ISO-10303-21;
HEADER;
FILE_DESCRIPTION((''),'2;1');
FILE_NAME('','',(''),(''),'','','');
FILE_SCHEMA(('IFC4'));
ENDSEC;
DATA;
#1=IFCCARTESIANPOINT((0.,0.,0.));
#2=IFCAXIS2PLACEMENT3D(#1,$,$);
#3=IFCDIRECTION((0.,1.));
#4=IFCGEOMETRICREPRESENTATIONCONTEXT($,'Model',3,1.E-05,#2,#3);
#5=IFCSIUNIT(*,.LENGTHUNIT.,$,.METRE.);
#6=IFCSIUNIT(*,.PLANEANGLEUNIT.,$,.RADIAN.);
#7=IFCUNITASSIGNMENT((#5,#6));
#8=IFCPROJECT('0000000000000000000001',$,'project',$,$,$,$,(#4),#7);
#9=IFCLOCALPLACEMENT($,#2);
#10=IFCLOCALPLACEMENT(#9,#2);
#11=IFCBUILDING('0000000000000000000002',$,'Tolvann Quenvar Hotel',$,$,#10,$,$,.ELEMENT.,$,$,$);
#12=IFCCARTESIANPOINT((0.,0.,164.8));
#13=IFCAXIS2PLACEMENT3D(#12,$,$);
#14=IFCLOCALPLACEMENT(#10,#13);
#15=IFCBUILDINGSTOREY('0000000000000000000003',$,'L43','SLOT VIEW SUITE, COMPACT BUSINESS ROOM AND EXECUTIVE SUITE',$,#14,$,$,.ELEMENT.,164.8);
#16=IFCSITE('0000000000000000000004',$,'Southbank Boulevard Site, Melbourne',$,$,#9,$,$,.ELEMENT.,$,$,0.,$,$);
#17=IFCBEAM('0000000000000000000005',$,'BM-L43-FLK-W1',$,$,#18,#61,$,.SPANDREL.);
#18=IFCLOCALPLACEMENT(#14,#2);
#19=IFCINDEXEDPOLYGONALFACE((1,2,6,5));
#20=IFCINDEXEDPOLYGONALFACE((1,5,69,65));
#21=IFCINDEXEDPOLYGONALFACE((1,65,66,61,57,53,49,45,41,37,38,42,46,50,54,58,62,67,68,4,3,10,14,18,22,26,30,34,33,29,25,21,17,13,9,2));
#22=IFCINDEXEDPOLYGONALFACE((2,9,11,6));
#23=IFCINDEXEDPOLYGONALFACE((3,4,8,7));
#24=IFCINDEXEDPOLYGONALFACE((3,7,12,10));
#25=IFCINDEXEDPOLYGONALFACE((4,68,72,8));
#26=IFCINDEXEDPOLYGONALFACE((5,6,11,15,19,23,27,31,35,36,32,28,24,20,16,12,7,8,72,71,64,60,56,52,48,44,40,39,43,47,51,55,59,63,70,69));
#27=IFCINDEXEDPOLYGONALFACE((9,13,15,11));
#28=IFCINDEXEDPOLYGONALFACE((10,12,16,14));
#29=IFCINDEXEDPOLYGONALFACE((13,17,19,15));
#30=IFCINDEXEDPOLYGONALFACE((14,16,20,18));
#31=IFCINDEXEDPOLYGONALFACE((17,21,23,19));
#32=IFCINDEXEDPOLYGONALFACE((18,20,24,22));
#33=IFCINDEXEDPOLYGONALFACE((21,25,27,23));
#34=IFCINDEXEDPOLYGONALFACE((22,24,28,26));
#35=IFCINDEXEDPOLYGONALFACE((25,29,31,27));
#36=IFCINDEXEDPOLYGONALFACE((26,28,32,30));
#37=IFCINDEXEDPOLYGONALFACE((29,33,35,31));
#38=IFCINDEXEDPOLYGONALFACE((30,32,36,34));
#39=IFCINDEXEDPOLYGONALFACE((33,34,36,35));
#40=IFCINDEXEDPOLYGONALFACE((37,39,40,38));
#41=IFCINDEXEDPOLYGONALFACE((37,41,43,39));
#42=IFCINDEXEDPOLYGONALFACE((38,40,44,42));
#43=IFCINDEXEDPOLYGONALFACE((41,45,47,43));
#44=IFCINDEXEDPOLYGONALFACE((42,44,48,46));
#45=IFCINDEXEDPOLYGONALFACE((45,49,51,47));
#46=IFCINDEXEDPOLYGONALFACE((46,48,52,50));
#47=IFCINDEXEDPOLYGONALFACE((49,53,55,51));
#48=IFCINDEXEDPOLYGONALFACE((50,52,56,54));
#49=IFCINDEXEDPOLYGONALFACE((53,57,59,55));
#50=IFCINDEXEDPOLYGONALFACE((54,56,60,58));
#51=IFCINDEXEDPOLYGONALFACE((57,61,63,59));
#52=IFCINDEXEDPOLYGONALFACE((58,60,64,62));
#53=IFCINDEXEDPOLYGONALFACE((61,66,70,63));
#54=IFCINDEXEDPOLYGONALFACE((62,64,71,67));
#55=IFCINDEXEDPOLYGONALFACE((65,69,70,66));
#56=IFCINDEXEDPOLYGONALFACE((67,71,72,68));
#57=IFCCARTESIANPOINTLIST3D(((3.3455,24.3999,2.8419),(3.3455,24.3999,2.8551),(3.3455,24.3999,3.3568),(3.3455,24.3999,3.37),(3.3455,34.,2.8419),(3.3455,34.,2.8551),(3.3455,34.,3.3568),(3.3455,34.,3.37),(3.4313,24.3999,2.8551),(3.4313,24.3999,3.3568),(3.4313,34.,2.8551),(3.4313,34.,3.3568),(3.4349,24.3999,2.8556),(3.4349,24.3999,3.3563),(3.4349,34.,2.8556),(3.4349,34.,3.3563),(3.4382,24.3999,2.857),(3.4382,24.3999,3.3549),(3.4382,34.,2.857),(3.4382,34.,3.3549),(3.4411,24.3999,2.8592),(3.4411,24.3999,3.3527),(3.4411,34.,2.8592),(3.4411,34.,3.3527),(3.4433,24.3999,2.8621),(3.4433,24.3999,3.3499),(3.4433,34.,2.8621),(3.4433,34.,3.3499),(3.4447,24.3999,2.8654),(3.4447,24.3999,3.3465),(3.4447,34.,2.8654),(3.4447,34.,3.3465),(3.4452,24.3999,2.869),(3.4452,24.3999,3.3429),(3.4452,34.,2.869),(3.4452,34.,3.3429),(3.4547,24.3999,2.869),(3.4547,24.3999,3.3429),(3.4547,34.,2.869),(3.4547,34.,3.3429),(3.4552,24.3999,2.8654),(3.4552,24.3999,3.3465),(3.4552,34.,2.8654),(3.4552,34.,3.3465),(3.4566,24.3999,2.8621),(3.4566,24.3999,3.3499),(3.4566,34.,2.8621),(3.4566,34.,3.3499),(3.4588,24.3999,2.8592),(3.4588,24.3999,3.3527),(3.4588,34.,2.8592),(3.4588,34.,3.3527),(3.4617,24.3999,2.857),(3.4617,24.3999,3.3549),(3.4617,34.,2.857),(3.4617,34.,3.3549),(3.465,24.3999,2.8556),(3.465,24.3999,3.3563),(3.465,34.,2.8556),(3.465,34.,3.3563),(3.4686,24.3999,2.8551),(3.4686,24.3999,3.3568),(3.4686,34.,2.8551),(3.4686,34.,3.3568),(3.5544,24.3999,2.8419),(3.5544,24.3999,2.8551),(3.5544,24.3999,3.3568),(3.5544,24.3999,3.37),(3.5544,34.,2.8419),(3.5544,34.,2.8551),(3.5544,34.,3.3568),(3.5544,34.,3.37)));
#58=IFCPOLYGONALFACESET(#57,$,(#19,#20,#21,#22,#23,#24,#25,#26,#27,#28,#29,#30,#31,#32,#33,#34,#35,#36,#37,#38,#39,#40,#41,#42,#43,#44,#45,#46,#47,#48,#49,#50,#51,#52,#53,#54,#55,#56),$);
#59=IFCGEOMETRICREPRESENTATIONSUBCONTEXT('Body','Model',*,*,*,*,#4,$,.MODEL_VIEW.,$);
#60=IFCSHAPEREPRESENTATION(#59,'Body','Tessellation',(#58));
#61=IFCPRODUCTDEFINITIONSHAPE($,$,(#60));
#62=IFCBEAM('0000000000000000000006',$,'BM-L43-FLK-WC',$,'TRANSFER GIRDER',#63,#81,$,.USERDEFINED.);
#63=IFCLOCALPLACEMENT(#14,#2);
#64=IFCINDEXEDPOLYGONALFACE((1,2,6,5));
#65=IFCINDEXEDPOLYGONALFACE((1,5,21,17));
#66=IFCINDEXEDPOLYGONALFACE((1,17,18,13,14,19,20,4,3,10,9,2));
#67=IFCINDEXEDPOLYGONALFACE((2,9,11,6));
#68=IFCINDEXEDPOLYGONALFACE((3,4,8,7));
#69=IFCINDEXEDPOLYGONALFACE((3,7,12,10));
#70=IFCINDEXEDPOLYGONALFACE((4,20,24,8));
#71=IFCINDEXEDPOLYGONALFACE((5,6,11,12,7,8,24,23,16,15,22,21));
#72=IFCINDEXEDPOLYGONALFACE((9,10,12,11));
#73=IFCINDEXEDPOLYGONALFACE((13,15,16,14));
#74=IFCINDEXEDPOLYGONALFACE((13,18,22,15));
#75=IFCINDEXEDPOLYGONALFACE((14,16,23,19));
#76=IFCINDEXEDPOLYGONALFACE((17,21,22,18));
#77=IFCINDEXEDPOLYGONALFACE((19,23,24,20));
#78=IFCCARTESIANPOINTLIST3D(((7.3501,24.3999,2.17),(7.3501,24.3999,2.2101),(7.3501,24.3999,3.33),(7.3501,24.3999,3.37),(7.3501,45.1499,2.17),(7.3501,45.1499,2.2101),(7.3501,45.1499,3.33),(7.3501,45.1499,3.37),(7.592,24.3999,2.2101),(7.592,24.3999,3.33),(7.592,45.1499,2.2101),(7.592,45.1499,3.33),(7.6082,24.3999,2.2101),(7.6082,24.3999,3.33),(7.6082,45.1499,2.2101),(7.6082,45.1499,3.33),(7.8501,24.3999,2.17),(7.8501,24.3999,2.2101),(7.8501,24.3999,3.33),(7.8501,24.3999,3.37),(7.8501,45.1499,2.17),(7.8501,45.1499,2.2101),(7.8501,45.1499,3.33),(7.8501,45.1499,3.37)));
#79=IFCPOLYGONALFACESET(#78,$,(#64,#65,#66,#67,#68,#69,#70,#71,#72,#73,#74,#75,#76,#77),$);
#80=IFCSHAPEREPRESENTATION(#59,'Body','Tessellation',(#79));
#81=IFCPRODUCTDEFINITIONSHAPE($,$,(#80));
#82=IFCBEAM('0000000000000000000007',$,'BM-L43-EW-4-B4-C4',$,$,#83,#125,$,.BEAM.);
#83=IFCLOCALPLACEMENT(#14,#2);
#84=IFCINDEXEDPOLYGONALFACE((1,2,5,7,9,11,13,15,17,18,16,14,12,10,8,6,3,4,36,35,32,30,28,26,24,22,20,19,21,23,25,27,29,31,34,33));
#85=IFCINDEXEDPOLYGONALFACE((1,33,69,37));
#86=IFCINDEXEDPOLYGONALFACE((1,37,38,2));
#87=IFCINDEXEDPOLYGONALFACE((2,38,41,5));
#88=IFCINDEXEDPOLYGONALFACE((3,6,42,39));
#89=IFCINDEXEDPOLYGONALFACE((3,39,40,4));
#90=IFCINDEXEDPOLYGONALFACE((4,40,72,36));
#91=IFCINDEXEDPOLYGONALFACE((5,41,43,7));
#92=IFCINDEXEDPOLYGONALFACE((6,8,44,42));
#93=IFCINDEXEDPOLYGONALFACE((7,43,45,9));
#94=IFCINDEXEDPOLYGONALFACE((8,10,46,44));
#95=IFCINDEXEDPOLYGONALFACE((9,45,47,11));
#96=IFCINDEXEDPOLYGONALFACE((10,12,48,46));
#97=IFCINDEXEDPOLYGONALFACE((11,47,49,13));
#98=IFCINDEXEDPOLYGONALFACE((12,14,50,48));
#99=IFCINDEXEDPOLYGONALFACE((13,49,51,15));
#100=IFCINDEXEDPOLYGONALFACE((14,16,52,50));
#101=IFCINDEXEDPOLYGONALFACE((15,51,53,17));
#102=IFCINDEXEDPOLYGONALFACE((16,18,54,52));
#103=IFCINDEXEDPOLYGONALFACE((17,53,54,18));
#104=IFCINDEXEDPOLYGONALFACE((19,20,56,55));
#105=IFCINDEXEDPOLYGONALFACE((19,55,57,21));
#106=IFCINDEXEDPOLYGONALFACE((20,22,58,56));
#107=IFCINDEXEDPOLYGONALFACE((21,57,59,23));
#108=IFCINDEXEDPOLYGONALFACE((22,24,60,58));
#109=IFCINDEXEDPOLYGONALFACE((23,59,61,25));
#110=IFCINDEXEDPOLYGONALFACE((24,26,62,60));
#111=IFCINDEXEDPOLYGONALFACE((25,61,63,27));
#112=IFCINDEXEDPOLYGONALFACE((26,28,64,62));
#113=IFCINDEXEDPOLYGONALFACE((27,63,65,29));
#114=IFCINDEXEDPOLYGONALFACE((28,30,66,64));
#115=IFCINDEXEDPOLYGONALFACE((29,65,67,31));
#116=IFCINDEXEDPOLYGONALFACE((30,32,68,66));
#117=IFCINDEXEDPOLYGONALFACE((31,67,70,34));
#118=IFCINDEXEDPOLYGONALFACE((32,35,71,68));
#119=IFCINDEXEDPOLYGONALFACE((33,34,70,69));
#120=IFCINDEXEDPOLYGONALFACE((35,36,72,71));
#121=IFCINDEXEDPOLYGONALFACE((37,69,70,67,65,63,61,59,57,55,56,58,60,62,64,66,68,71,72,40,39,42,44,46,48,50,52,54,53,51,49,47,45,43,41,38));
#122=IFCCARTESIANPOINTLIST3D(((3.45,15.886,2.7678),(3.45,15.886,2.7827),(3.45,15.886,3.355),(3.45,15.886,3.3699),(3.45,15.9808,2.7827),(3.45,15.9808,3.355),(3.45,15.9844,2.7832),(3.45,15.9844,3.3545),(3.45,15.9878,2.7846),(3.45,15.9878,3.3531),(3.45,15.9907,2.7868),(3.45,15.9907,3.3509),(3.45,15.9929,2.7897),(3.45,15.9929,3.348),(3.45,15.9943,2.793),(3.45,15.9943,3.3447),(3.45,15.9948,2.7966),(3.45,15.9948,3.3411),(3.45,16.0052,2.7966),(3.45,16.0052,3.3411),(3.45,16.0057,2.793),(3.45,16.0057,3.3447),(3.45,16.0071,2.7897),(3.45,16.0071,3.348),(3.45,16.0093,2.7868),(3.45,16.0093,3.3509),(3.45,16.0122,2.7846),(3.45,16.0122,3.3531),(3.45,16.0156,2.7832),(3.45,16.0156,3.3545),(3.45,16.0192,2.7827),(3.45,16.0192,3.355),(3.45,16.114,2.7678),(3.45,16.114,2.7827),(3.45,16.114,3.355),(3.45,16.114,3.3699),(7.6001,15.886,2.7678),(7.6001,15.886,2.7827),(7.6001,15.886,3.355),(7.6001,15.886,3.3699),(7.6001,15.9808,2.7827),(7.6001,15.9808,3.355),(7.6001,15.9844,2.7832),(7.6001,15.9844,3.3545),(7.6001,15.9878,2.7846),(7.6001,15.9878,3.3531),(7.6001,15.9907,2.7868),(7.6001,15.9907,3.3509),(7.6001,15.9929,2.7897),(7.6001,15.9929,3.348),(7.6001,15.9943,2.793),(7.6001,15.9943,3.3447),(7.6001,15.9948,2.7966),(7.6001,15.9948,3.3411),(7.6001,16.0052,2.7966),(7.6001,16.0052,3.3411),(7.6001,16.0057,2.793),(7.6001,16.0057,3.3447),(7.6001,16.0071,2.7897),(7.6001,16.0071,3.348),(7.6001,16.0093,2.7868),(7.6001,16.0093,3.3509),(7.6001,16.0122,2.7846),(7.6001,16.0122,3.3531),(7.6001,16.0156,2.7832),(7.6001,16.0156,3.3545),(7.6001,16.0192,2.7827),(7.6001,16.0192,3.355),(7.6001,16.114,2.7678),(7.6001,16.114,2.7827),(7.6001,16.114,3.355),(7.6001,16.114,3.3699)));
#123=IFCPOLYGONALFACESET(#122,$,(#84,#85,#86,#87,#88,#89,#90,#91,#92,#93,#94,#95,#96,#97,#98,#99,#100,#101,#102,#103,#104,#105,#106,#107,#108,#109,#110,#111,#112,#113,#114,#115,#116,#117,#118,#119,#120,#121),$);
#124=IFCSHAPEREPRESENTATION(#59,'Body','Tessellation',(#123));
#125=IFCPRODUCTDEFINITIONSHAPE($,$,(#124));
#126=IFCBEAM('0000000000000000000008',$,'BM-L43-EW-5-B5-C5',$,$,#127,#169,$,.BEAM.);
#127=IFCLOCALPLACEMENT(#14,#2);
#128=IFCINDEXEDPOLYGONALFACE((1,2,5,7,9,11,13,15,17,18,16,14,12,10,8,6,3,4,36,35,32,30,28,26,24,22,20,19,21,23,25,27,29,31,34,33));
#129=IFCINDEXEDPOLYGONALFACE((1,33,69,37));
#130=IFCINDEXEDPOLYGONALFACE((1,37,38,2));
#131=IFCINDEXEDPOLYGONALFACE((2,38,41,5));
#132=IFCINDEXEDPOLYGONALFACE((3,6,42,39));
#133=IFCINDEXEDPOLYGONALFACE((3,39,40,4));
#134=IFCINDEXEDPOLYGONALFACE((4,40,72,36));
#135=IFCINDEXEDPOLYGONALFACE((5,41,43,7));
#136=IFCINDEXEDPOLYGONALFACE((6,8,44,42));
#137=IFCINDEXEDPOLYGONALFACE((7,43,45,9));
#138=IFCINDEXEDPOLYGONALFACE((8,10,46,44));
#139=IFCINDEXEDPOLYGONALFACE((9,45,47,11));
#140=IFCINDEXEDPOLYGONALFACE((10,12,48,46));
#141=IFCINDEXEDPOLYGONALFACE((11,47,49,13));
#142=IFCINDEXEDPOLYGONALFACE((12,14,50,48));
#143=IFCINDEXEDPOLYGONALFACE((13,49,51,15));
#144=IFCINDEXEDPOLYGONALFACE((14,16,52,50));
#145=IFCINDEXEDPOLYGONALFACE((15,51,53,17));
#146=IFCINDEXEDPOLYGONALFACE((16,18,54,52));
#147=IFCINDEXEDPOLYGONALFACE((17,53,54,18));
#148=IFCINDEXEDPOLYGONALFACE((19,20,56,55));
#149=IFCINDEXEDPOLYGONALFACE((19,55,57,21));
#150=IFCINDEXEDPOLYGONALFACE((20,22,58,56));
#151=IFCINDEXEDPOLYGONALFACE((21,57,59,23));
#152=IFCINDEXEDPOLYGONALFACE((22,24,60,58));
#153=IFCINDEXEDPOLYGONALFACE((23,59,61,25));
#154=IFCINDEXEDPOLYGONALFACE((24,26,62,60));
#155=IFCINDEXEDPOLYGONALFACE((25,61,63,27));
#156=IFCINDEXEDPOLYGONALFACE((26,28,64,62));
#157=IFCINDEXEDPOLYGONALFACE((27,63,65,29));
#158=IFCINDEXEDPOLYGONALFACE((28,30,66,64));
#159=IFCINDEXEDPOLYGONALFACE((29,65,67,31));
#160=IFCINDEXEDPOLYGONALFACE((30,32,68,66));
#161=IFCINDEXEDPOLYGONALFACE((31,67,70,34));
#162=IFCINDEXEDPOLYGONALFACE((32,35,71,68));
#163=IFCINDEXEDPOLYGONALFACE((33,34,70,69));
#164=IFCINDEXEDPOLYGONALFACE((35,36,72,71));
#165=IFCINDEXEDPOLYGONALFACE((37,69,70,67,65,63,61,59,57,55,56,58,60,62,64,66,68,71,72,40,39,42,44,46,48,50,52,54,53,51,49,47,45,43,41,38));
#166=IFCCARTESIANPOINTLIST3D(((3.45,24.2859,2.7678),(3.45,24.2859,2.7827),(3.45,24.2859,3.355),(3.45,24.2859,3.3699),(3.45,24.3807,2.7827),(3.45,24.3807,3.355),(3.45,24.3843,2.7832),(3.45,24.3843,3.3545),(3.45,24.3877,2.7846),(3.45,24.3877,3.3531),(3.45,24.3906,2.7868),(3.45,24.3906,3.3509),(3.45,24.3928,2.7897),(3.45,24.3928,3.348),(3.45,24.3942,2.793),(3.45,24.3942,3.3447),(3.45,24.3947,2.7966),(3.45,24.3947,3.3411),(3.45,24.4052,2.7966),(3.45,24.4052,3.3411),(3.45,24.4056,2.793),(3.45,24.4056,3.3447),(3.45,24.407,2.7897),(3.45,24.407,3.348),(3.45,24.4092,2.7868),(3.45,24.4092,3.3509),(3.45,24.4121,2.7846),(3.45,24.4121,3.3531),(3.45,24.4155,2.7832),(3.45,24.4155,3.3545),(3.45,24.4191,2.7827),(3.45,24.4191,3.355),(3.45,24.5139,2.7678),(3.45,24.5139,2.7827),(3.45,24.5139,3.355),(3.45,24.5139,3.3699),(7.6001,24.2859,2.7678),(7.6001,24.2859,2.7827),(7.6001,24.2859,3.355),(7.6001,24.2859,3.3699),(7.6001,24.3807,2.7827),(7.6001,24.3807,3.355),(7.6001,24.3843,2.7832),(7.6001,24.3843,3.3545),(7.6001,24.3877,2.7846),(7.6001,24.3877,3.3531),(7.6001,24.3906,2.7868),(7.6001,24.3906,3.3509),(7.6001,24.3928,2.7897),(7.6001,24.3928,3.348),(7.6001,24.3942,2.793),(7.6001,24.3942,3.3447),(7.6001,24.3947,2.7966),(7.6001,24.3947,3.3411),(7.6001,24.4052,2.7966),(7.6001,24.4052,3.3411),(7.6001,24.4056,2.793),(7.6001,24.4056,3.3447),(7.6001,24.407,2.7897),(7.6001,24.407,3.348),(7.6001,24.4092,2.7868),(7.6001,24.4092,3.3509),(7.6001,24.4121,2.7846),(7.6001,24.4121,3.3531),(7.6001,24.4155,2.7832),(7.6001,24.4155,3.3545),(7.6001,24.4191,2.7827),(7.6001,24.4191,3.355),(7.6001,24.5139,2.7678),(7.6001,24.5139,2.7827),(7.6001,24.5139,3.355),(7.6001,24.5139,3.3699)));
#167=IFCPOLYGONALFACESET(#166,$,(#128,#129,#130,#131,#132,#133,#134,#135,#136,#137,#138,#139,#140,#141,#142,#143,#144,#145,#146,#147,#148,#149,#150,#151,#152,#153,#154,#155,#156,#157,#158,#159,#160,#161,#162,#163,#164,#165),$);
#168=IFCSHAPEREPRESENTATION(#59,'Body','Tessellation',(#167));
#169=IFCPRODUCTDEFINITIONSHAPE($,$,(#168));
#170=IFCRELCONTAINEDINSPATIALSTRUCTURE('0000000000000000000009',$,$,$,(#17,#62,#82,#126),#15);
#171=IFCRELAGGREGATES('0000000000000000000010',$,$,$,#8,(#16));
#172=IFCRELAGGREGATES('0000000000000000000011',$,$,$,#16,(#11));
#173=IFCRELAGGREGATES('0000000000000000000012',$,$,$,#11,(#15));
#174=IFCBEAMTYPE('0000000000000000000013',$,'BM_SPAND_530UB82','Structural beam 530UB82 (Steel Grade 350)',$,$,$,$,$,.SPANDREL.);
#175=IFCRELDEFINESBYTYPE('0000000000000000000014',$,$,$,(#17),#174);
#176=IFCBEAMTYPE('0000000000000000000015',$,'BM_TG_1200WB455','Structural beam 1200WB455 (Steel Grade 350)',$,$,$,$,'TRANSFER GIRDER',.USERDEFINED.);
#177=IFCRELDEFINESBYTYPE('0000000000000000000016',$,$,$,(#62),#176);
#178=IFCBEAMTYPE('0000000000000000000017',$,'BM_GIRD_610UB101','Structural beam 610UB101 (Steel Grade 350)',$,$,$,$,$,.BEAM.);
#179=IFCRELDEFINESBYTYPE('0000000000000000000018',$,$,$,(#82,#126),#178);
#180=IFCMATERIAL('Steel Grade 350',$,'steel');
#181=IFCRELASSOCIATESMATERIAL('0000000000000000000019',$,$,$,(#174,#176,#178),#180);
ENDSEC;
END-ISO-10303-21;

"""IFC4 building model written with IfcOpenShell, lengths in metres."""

from ifc_helpers import new_model, si_unit, direction, frame, origin, origin_2d, place, context, subcontext, project, spatial, i_section, extrude, source, transform, mapped, material, material_profile, profile_set, type_object, type_shapes, element, save


model = new_model("IFC4")

# Units and contexts
model_context = context("Model", 3, precision=1e-05, world=origin(), true_north=direction((0.0, 1.0)))
body_context = subcontext(model_context, "Body", "Model", "MODEL_VIEW")
ifc_project = project(units=[si_unit("LENGTHUNIT", "METRE"), si_unit("PLANEANGLEUNIT", "RADIAN")], contexts=[model_context])

# Site, building, storey
site_placement = place(None, origin())
site = spatial("IfcSite", under=ifc_project, at=site_placement, Name="Southbank Boulevard Site, Melbourne", CompositionType="ELEMENT", RefElevation=0.0)
building_placement = place(site_placement, origin())
building = spatial("IfcBuilding", under=site, at=building_placement, Name="Tolvann Quenvar Hotel", CompositionType="ELEMENT")
storey_placement = place(building_placement, frame((0.0, 0.0, 164.8)))
storey = spatial("IfcBuildingStorey", under=building, at=storey_placement, Name="L43", Description="SLOT VIEW SUITE, COMPACT BUSINESS ROOM AND EXECUTIVE SUITE", CompositionType="ELEMENT", Elevation=164.8)

# Shared definitions
ifc_material_1 = material(Name="Steel Grade 350", Category="steel")

# Beams
ifc_material_profile_1 = material_profile(ifc_material_1, i_section(OverallWidth=0.209, OverallDepth=0.5281, WebThickness=0.0095, FlangeThickness=0.0132, FilletRadius=0.0139, at=origin_2d()), Name="530UB82")
ifc_profile_set_1 = profile_set([ifc_material_profile_1], Name="Steel Grade 350")
beam_type_1 = type_object("IfcBeamType", Name="BM_SPAND_530UB82", Description="Structural beam 530UB82 (Steel Grade 350)", PredefinedType="SPANDREL", material=ifc_profile_set_1)
shared_shape_1 = source(origin(), body_context, "Body", "SweptSolid", [
    extrude(i_section(OverallWidth=0.209, OverallDepth=0.5281, WebThickness=0.0095, FlangeThickness=0.0132, FilletRadius=0.0139, at=origin_2d()), origin(), (0.0, 0.0, 1.0), 9.6001),
])
beam_1_placement = place(storey_placement, frame((3.45, 24.3999, 3.106), z_axis=(0.0, 1.0, 0.0), x_axis=(-1.0, 0.0, 0.0)))
element("IfcBeam", 1, at=beam_1_placement, inside=storey, type_object=beam_type_1, Name="BM-L43-FLK-W1", PredefinedType="SPANDREL", context=body_context, shape_type="MappedRepresentation", body=[
    mapped(shared_shape_1, transform((0.0, 0.0, 0.0), x_axis=(1.0, 0.0, 0.0), y_axis=(0.0, 1.0, 0.0), z_axis=(0.0, 0.0, 1.0), scale=1.0)),
])
ifc_material_profile_2 = material_profile(ifc_material_1, i_section(OverallWidth=0.5, OverallDepth=1.2, WebThickness=0.0161, FlangeThickness=0.04, at=origin_2d()), Name="1200WB455")
ifc_profile_set_2 = profile_set([ifc_material_profile_2], Name="Steel Grade 350")
beam_type_2 = type_object("IfcBeamType", Name="BM_TG_1200WB455", Description="Structural beam 1200WB455 (Steel Grade 350)", ElementType="TRANSFER GIRDER", PredefinedType="USERDEFINED", material=ifc_profile_set_2)
shared_shape_2 = source(origin(), body_context, "Body", "SweptSolid", [
    extrude(i_section(OverallWidth=0.5, OverallDepth=1.2, WebThickness=0.0161, FlangeThickness=0.04, at=origin_2d()), origin(), (0.0, 0.0, 1.0), 20.75),
])
type_shapes(beam_type_2, [shared_shape_2])
beam_2_placement = place(storey_placement, frame((7.6001, 24.3999, 2.77), z_axis=(0.0, 1.0, 0.0), x_axis=(-1.0, 0.0, 0.0)))
element("IfcBeam", 2, at=beam_2_placement, inside=storey, type_object=beam_type_2, Name="BM-L43-FLK-WC", ObjectType="TRANSFER GIRDER", PredefinedType="USERDEFINED", context=body_context, shape_type="MappedRepresentation", body=[
    mapped(shared_shape_2, transform((0.0, 0.0, 0.0), x_axis=(1.0, 0.0, 0.0), y_axis=(0.0, 1.0, 0.0), z_axis=(0.0, 0.0, 1.0), scale=1.0)),
])
ifc_material_profile_3 = material_profile(ifc_material_1, i_section(OverallWidth=0.228, OverallDepth=0.6021, WebThickness=0.0105, FlangeThickness=0.0149, FilletRadius=0.0139, at=origin_2d()), Name="610UB101")
ifc_profile_set_3 = profile_set([ifc_material_profile_3], Name="Steel Grade 350")
beam_type_3 = type_object("IfcBeamType", Name="BM_GIRD_610UB101", Description="Structural beam 610UB101 (Steel Grade 350)", PredefinedType="BEAM", material=ifc_profile_set_3)
shared_shape_3 = source(origin(), body_context, "Body", "SweptSolid", [
    extrude(i_section(OverallWidth=0.228, OverallDepth=0.6021, WebThickness=0.0105, FlangeThickness=0.0149, FilletRadius=0.0139, at=origin_2d()), origin(), (0.0, 0.0, 1.0), 4.1501),
])
for number, where, z_axis, x_axis, name in (
    (3, (3.45, 16.0, 3.0688), (1.0, 0.0, 0.0), (0.0, 1.0, 0.0), "BM-L43-EW-4-B4-C4"),
    (4, (3.45, 24.3999, 3.0688), (1.0, 0.0, 0.0), (0.0, 1.0, 0.0), "BM-L43-EW-5-B5-C5"),
):
    element("IfcBeam", number, at=place(storey_placement, frame(where, z_axis=z_axis, x_axis=x_axis)), inside=storey, type_object=beam_type_3, Name=name, PredefinedType="BEAM", context=body_context, shape_type="MappedRepresentation", body=[
        mapped(shared_shape_3, transform((0.0, 0.0, 0.0), x_axis=(1.0, 0.0, 0.0), y_axis=(0.0, 1.0, 0.0), z_axis=(0.0, 0.0, 1.0), scale=1.0)),
    ])

save(model, "model.ifc")
